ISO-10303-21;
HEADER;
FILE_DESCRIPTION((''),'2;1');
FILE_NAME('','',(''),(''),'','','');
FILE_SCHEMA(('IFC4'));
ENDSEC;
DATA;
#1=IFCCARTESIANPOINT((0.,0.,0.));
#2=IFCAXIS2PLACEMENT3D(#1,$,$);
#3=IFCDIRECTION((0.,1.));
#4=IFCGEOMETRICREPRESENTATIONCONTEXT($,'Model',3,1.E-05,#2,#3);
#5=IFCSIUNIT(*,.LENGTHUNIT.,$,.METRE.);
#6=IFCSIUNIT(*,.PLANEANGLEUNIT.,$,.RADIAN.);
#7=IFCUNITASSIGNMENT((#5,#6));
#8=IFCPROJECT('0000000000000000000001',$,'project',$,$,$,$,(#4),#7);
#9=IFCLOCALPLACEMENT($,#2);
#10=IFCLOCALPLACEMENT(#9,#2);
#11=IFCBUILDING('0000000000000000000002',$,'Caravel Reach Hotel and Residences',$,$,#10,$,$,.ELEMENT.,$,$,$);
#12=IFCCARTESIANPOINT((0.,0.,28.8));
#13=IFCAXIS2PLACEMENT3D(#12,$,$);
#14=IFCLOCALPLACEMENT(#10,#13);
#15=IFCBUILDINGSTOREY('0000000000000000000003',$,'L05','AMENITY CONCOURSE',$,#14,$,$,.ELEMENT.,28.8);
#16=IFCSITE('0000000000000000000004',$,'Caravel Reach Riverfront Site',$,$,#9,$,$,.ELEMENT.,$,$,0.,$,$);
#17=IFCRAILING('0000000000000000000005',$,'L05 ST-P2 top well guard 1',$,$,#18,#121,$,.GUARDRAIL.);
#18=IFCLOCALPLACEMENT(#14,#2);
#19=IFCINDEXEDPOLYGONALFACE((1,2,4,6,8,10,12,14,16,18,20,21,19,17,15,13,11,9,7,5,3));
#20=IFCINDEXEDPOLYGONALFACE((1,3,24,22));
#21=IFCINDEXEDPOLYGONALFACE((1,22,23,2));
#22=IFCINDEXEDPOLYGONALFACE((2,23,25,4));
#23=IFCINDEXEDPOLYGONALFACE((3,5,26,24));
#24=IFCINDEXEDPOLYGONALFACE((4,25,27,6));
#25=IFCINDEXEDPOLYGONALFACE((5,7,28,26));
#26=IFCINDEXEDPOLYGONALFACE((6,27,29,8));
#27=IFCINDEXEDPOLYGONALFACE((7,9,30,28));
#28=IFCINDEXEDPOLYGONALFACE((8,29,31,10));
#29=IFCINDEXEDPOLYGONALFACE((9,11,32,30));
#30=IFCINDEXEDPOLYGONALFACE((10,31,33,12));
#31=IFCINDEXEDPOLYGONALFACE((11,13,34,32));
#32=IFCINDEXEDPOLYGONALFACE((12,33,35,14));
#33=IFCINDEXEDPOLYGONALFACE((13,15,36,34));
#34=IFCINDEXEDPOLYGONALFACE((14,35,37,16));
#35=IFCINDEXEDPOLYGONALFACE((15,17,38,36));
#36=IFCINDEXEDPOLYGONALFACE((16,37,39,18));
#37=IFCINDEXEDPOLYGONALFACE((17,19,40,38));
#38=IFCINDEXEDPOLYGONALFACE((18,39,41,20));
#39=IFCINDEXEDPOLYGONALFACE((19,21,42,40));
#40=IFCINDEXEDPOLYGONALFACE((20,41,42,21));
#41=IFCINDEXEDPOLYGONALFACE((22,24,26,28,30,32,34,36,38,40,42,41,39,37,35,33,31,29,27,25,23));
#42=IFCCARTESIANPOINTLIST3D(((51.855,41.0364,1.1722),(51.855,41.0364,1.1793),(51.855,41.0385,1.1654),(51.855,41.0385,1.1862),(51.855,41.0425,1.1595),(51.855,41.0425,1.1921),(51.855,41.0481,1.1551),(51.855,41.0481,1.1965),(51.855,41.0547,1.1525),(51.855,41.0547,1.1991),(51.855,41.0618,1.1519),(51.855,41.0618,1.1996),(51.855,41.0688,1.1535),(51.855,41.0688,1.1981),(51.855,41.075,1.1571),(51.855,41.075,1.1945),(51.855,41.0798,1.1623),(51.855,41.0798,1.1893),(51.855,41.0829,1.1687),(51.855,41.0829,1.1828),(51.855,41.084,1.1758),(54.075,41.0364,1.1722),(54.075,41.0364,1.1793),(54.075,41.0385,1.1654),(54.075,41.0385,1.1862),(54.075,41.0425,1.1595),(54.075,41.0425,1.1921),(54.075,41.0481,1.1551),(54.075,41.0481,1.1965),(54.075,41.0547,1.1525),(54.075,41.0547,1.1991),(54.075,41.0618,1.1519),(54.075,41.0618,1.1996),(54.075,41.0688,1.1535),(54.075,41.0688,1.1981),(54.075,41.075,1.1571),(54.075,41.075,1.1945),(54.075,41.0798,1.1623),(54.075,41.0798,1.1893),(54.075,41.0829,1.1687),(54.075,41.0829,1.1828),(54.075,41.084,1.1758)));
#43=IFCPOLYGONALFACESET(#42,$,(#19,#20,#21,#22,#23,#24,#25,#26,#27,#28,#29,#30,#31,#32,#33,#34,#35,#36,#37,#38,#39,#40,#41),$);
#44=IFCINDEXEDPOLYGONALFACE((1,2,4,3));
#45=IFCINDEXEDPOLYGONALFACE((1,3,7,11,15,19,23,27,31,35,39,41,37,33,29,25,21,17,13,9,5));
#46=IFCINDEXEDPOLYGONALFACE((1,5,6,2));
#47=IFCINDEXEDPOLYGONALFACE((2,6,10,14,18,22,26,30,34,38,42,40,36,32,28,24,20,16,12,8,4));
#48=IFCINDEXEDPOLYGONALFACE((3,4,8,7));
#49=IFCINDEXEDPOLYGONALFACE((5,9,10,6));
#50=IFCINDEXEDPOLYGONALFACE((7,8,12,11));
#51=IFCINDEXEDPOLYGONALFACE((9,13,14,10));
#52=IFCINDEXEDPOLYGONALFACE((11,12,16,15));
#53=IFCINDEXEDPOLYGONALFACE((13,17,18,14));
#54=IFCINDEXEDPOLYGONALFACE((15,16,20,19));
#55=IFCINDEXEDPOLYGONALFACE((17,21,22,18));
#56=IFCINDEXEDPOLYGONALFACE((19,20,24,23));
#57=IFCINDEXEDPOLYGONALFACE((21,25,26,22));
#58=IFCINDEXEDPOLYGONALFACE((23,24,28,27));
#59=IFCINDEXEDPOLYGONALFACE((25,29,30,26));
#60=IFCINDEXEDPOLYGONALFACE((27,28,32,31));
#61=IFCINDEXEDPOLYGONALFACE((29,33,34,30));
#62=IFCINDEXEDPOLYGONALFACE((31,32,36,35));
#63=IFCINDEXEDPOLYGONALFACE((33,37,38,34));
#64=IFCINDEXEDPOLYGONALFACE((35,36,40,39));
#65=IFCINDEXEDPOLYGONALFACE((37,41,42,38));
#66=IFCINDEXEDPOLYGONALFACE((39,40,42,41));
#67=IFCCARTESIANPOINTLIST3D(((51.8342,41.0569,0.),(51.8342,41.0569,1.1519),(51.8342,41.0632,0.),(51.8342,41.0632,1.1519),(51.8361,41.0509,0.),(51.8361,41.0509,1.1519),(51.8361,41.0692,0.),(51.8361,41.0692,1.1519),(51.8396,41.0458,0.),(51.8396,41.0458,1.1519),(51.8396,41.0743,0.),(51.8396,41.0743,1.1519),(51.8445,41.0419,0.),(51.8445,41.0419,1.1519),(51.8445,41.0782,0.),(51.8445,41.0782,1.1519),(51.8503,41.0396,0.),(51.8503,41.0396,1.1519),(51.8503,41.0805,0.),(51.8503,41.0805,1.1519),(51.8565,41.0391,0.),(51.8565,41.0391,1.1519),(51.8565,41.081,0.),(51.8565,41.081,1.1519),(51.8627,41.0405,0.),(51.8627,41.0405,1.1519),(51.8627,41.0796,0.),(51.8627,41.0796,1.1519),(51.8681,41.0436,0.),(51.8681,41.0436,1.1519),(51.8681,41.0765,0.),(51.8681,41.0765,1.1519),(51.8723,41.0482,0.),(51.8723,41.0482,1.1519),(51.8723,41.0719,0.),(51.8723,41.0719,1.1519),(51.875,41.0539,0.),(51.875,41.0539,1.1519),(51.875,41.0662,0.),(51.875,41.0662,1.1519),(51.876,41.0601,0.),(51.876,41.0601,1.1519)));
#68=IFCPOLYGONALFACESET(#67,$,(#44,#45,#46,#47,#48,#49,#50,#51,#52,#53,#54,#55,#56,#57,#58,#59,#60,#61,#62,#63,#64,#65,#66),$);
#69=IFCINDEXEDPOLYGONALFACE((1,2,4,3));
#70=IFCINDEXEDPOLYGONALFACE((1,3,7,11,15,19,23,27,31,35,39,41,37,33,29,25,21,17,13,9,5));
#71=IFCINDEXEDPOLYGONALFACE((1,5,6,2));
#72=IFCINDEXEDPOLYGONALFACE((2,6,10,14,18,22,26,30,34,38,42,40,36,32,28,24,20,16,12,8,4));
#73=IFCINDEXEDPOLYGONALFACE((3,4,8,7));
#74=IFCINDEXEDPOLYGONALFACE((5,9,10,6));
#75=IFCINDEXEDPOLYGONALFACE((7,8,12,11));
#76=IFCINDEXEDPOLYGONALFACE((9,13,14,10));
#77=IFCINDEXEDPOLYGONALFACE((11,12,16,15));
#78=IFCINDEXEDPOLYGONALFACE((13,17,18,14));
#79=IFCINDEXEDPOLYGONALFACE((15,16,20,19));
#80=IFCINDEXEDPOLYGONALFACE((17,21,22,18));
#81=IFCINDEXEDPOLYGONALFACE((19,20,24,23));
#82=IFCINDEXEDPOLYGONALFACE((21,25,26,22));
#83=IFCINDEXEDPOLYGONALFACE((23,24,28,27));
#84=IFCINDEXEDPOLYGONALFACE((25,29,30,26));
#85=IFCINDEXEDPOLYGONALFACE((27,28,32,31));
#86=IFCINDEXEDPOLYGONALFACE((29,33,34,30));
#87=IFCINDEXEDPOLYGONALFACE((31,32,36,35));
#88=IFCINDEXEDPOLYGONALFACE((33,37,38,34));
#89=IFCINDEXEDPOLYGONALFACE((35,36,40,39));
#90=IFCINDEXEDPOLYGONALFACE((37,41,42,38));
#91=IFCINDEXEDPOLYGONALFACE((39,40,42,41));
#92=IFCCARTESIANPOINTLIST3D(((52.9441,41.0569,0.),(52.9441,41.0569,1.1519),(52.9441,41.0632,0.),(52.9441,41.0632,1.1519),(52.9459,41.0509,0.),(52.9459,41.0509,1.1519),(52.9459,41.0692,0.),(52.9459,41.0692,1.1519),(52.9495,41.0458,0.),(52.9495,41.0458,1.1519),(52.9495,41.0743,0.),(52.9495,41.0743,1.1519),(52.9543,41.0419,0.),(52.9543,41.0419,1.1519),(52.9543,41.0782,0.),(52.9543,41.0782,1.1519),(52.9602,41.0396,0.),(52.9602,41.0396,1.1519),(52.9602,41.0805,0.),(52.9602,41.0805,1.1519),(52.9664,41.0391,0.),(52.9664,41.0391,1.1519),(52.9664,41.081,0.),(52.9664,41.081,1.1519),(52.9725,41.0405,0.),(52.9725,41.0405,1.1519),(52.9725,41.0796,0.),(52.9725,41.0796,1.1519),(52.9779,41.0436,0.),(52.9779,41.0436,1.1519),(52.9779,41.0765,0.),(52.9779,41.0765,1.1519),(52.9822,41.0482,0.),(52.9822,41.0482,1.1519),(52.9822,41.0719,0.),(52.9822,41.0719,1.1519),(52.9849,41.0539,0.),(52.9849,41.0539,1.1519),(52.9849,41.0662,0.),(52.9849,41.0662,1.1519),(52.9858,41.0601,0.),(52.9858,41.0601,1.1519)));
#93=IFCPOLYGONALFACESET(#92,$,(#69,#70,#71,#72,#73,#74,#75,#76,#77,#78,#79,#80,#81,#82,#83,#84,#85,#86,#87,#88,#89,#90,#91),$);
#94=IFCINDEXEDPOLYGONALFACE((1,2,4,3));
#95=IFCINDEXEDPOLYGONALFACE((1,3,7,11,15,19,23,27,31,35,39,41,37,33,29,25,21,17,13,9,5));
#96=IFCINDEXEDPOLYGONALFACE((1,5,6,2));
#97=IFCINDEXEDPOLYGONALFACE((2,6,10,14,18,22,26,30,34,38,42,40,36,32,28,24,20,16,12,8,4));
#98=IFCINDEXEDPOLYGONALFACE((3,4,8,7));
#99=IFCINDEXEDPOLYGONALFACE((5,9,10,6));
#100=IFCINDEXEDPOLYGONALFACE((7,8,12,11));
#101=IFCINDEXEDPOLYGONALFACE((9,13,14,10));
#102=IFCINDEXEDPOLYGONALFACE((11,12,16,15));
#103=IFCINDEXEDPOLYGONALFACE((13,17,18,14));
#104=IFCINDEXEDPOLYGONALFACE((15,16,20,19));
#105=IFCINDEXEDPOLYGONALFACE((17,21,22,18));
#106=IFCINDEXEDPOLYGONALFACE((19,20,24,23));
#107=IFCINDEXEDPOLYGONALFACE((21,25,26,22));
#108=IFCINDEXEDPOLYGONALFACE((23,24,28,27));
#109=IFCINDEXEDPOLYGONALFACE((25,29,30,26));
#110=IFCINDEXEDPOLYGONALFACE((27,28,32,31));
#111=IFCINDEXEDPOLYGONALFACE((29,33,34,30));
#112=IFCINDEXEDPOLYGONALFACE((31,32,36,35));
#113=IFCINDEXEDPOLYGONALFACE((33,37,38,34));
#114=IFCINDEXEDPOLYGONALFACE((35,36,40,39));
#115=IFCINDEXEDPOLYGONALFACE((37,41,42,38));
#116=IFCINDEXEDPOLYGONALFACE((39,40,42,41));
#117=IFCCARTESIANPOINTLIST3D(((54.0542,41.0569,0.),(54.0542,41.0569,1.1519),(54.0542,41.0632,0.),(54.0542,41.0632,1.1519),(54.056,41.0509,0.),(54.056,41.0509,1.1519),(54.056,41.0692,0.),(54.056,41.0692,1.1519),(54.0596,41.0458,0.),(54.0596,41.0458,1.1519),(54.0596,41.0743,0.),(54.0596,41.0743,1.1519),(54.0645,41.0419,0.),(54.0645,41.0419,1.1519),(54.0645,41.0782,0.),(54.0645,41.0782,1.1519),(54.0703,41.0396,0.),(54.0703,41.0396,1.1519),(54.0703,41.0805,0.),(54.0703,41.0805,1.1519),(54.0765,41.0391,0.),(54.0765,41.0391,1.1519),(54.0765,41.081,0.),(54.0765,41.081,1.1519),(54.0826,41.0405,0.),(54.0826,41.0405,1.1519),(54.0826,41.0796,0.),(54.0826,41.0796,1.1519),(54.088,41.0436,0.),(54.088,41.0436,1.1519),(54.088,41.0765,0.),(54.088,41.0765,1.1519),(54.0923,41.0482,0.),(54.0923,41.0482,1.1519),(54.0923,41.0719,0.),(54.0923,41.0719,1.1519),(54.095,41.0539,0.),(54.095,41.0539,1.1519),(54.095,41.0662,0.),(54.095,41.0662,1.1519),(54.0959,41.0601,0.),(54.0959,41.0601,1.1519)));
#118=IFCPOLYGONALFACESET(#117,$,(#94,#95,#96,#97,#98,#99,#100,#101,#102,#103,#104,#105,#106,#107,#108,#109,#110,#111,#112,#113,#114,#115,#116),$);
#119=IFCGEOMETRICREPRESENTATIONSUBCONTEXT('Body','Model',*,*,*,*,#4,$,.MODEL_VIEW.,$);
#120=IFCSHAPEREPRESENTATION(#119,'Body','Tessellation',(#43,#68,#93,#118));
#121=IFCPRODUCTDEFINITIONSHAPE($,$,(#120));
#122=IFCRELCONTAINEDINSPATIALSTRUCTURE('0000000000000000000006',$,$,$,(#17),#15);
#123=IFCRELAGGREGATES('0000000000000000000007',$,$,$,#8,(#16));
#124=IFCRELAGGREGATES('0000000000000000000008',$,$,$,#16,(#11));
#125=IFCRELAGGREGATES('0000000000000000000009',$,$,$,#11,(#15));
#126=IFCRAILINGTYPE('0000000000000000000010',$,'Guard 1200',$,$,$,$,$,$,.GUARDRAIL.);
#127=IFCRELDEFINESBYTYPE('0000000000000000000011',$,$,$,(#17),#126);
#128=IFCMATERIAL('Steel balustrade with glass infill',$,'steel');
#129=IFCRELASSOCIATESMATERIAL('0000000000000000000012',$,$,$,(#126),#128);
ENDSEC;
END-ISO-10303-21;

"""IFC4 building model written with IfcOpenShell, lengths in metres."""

from ifc_helpers import new_model, si_unit, direction, frame, origin, origin_2d, place, context, subcontext, project, spatial, circle, extrude, material, type_object, element, save


model = new_model("IFC4")

# Units and contexts
model_context = context("Model", 3, precision=1e-05, world=origin(), true_north=direction((0.0, 1.0)))
body_context = subcontext(model_context, "Body", "Model", "MODEL_VIEW")
ifc_project = project(units=[si_unit("LENGTHUNIT", "METRE"), si_unit("PLANEANGLEUNIT", "RADIAN")], contexts=[model_context])

# Site, building, storey
site_placement = place(None, origin())
site = spatial("IfcSite", under=ifc_project, at=site_placement, Name="Caravel Reach Riverfront Site", CompositionType="ELEMENT", RefElevation=0.0)
building_placement = place(site_placement, origin())
building = spatial("IfcBuilding", under=site, at=building_placement, Name="Caravel Reach Hotel and Residences", CompositionType="ELEMENT")
storey_placement = place(building_placement, frame((0.0, 0.0, 28.8)))
storey = spatial("IfcBuildingStorey", under=building, at=storey_placement, Name="L05", Description="AMENITY CONCOURSE", CompositionType="ELEMENT", Elevation=28.8)

# Railing
ifc_material_1 = material(Name="Steel balustrade with glass infill", Category="steel")
railing_type = type_object("IfcRailingType", Name="Guard 1200", PredefinedType="GUARDRAIL", material=ifc_material_1)
railing_1_placement = place(storey_placement, frame((51.855, 41.0601, 0.0)))
element("IfcRailing", 1, at=railing_1_placement, inside=storey, type_object=railing_type, Name="L05 ST-P2 top well guard 1", PredefinedType="GUARDRAIL", context=body_context, shape_type="SweptSolid", body=[
    extrude(circle(Radius=0.0239, at=origin_2d()), frame((0.0, 0.0, 1.1758), z_axis=(1.0, 0.0, 0.0), x_axis=(0.0, 1.0, 0.0)), (0.0, 0.0, 1.0), 2.22),
    extrude(circle(Radius=0.021, at=origin_2d()), origin(), (0.0, 0.0, 1.0), 1.1519),
    extrude(circle(Radius=0.021, at=origin_2d()), frame((1.1099, 0.0, 0.0)), (0.0, 0.0, 1.0), 1.1519),
    extrude(circle(Radius=0.021, at=origin_2d()), frame((2.22, 0.0, 0.0)), (0.0, 0.0, 1.0), 1.1519),
])

save(model, "model.ifc")
